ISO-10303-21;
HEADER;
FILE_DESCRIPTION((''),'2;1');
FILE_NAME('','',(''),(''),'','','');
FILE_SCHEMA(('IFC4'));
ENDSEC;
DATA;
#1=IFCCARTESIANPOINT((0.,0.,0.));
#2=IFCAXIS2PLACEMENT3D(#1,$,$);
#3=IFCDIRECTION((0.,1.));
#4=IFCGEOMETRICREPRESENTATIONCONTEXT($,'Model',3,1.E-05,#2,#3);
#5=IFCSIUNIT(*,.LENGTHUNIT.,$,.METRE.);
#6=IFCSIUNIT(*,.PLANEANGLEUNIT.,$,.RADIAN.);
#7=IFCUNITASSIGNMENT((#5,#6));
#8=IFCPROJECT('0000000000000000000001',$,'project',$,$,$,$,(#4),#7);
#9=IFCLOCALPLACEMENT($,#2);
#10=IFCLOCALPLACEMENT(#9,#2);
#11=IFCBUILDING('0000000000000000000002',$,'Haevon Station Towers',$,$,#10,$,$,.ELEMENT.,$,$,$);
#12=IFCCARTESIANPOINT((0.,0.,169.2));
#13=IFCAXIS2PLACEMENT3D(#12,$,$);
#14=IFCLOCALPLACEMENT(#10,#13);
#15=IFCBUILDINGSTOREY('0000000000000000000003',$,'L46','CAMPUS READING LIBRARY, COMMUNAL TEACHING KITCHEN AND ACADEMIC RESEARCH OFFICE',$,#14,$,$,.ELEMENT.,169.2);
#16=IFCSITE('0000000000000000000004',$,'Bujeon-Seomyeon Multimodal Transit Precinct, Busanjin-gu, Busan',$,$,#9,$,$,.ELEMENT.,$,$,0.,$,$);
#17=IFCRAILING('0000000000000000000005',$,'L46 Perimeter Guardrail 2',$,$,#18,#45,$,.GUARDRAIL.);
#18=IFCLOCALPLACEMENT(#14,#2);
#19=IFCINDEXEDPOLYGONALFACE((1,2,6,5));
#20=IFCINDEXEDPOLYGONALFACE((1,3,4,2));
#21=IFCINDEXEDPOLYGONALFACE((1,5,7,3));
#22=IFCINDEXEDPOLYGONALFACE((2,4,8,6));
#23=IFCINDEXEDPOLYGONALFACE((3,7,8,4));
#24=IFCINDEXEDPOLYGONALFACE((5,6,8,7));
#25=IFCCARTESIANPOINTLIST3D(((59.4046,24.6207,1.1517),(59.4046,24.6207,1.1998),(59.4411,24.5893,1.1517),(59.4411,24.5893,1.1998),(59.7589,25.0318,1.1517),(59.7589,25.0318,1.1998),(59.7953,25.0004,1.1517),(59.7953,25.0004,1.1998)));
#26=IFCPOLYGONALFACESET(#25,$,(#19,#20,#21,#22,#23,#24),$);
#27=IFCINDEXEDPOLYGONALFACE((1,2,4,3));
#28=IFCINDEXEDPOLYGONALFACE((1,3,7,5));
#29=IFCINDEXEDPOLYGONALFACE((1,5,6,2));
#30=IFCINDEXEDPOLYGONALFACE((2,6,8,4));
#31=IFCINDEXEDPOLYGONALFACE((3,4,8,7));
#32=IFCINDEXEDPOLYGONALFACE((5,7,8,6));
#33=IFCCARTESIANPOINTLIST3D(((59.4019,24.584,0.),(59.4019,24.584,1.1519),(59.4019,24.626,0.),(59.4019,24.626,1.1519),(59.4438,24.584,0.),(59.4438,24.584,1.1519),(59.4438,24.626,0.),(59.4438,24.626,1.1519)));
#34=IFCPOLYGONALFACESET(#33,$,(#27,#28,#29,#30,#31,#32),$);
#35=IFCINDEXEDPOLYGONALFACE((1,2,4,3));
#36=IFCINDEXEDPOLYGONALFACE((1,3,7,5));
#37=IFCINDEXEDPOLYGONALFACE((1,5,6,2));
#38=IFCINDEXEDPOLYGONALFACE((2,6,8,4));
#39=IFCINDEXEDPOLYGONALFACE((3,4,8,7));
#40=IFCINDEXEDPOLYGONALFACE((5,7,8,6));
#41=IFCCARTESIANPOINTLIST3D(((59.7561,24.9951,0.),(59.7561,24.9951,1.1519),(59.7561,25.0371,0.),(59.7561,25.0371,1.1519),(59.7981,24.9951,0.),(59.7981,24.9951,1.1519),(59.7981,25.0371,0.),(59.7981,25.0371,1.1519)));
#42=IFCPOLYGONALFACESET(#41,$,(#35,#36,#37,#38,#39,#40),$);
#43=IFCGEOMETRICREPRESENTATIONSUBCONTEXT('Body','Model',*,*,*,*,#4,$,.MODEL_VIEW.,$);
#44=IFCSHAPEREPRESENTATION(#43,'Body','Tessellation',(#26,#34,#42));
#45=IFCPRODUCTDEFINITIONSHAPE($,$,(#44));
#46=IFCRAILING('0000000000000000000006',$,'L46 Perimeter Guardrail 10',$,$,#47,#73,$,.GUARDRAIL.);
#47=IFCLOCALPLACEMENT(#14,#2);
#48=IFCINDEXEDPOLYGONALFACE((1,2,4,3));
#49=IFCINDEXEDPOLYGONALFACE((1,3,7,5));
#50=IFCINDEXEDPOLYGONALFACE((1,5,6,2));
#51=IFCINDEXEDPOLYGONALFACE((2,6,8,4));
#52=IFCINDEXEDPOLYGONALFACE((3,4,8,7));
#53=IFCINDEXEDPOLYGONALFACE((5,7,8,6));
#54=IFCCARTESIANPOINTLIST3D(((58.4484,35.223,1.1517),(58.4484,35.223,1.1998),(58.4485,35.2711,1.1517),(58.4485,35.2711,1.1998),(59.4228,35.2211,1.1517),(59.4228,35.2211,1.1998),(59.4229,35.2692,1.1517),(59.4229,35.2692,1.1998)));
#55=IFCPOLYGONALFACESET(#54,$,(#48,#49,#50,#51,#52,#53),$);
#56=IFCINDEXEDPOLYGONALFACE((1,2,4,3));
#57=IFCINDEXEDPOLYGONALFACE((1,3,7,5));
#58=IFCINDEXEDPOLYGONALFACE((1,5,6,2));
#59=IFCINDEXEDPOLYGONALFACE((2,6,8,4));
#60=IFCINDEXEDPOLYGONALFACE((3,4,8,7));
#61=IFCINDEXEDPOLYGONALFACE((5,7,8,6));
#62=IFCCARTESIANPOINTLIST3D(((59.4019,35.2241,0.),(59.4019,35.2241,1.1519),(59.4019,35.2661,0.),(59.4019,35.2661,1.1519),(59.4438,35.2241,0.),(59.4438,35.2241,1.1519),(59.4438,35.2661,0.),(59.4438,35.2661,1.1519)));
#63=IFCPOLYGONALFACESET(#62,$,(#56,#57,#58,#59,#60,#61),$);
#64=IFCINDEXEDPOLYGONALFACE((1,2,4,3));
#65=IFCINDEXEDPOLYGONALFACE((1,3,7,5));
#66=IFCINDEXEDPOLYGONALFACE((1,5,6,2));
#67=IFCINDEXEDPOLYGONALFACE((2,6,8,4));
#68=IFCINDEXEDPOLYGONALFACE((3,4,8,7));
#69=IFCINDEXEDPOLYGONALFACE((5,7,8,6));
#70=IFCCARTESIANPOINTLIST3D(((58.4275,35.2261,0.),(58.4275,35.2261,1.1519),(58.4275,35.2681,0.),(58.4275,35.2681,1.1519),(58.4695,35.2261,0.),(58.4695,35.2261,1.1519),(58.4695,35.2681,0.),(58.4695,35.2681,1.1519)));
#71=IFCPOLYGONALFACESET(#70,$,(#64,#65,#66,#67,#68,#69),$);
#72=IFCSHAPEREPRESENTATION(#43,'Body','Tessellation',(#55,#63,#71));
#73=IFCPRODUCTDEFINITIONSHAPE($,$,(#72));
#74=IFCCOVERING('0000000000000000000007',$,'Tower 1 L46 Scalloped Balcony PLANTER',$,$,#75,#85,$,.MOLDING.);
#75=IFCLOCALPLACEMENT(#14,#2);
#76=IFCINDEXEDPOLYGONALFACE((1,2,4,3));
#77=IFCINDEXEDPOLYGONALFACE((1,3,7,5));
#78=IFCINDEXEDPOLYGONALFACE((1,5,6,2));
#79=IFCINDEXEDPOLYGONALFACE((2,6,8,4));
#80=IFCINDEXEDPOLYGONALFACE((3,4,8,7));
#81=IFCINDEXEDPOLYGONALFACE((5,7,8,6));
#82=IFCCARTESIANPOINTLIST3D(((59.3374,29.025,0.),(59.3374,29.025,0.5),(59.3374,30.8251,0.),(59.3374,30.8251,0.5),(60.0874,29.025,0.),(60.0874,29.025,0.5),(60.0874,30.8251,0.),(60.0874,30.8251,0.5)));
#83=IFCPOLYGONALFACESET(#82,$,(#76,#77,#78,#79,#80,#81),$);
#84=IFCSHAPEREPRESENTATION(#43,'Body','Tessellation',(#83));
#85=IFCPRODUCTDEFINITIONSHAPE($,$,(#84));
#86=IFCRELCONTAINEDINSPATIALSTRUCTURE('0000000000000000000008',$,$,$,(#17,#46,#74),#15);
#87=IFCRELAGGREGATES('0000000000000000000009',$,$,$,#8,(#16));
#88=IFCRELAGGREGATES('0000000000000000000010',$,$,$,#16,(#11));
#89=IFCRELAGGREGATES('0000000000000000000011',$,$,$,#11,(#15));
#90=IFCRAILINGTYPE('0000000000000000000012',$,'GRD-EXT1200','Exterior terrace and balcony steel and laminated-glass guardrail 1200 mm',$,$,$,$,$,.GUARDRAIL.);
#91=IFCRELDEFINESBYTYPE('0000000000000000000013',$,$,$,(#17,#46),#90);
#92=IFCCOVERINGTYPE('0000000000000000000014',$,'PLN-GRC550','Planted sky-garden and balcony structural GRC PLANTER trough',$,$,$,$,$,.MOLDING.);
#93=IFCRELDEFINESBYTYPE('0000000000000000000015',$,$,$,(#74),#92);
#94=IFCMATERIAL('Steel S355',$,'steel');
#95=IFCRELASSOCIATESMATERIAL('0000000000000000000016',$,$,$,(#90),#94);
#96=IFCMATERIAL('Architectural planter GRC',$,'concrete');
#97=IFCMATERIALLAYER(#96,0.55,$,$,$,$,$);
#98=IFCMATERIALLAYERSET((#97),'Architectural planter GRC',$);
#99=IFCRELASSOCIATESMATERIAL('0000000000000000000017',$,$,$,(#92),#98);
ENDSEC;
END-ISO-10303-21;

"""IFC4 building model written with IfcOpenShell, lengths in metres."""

from ifc_helpers import new_model, si_unit, direction, frame, origin, origin_2d, place, context, subcontext, project, spatial, rectangle, extrude, material, layer, layer_set, type_object, element, save


model = new_model("IFC4")

# Units and contexts
model_context = context("Model", 3, precision=1e-05, world=origin(), true_north=direction((0.0, 1.0)))
body_context = subcontext(model_context, "Body", "Model", "MODEL_VIEW")
ifc_project = project(units=[si_unit("LENGTHUNIT", "METRE"), si_unit("PLANEANGLEUNIT", "RADIAN")], contexts=[model_context])

# Site, building, storey
site_placement = place(None, origin())
site = spatial("IfcSite", under=ifc_project, at=site_placement, Name="Bujeon-Seomyeon Multimodal Transit Precinct, Busanjin-gu, Busan", CompositionType="ELEMENT", RefElevation=0.0)
building_placement = place(site_placement, origin())
building = spatial("IfcBuilding", under=site, at=building_placement, Name="Haevon Station Towers", CompositionType="ELEMENT")
storey_placement = place(building_placement, frame((0.0, 0.0, 169.2)))
storey = spatial("IfcBuildingStorey", under=building, at=storey_placement, Name="L46", Description="CAMPUS READING LIBRARY, COMMUNAL TEACHING KITCHEN AND ACADEMIC RESEARCH OFFICE", CompositionType="ELEMENT", Elevation=169.2)

# Shared definitions
ifc_material_1 = material(Name="Steel S355", Category="steel")

# Railings
railing_type = type_object("IfcRailingType", Name="GRD-EXT1200", Description="Exterior terrace and balcony steel and laminated-glass guardrail 1200 mm", PredefinedType="GUARDRAIL", material=ifc_material_1)
railing_1_placement = place(storey_placement, frame((59.4229, 24.605, 0.0)))
element("IfcRailing", 1, at=railing_1_placement, inside=storey, type_object=railing_type, Name="L46 Perimeter Guardrail 2", PredefinedType="GUARDRAIL", context=body_context, shape_type="SweptSolid", body=[
    extrude(rectangle(XDim=0.0481, YDim=0.0481, at=origin_2d()), frame((0.0, 0.0, 1.1758), z_axis=(0.652753, 0.757571, 0.0), x_axis=(-0.757571, 0.652753, 0.0)), (0.0, 0.0, 1.0), 0.5427),
    extrude(rectangle(XDim=0.042, YDim=0.042, at=origin_2d()), origin(), (0.0, 0.0, 1.0), 1.1519),
    extrude(rectangle(XDim=0.042, YDim=0.042, at=origin_2d()), frame((0.3542, 0.4111, 0.0)), (0.0, 0.0, 1.0), 1.1519),
])
railing_2_placement = place(storey_placement, frame((59.4229, 35.2451, 0.0)))
element("IfcRailing", 2, at=railing_2_placement, inside=storey, type_object=railing_type, Name="L46 Perimeter Guardrail 10", PredefinedType="GUARDRAIL", context=body_context, shape_type="SweptSolid", body=[
    extrude(rectangle(XDim=0.0481, YDim=0.0481, at=origin_2d()), frame((0.0, 0.0, 1.1758), z_axis=(-0.999998, 0.002005, 0.0), x_axis=(-0.002005, -0.999998, 0.0)), (0.0, 0.0, 1.0), 0.9744),
    extrude(rectangle(XDim=0.042, YDim=0.042, at=origin_2d()), origin(), (0.0, 0.0, 1.0), 1.1519),
    extrude(rectangle(XDim=0.042, YDim=0.042, at=origin_2d()), frame((-0.9744, 0.002, 0.0)), (0.0, 0.0, 1.0), 1.1519),
])

# Covering
ifc_material_2 = material(Name="Architectural planter GRC", Category="concrete")
ifc_layer_1 = layer(ifc_material_2, 0.55)
ifc_layer_set_1 = layer_set([ifc_layer_1], Name="Architectural planter GRC")
covering_type = type_object("IfcCoveringType", Name="PLN-GRC550", Description="Planted sky-garden and balcony structural GRC PLANTER trough", PredefinedType="MOLDING", material=ifc_layer_set_1)
covering_placement = place(storey_placement, frame((59.7124, 29.925, 0.0), z_axis=(0.0, 0.0, 1.0), x_axis=(1.0, 0.0, 0.0)))
element("IfcCovering", 3, at=covering_placement, inside=storey, type_object=covering_type, Name="Tower 1 L46 Scalloped Balcony PLANTER", PredefinedType="MOLDING", context=body_context, shape_type="SweptSolid", body=[
    extrude(rectangle(XDim=0.75, YDim=1.8, at=origin_2d()), origin(), (0.0, 0.0, 1.0), 0.5),
])

save(model, "model.ifc")
